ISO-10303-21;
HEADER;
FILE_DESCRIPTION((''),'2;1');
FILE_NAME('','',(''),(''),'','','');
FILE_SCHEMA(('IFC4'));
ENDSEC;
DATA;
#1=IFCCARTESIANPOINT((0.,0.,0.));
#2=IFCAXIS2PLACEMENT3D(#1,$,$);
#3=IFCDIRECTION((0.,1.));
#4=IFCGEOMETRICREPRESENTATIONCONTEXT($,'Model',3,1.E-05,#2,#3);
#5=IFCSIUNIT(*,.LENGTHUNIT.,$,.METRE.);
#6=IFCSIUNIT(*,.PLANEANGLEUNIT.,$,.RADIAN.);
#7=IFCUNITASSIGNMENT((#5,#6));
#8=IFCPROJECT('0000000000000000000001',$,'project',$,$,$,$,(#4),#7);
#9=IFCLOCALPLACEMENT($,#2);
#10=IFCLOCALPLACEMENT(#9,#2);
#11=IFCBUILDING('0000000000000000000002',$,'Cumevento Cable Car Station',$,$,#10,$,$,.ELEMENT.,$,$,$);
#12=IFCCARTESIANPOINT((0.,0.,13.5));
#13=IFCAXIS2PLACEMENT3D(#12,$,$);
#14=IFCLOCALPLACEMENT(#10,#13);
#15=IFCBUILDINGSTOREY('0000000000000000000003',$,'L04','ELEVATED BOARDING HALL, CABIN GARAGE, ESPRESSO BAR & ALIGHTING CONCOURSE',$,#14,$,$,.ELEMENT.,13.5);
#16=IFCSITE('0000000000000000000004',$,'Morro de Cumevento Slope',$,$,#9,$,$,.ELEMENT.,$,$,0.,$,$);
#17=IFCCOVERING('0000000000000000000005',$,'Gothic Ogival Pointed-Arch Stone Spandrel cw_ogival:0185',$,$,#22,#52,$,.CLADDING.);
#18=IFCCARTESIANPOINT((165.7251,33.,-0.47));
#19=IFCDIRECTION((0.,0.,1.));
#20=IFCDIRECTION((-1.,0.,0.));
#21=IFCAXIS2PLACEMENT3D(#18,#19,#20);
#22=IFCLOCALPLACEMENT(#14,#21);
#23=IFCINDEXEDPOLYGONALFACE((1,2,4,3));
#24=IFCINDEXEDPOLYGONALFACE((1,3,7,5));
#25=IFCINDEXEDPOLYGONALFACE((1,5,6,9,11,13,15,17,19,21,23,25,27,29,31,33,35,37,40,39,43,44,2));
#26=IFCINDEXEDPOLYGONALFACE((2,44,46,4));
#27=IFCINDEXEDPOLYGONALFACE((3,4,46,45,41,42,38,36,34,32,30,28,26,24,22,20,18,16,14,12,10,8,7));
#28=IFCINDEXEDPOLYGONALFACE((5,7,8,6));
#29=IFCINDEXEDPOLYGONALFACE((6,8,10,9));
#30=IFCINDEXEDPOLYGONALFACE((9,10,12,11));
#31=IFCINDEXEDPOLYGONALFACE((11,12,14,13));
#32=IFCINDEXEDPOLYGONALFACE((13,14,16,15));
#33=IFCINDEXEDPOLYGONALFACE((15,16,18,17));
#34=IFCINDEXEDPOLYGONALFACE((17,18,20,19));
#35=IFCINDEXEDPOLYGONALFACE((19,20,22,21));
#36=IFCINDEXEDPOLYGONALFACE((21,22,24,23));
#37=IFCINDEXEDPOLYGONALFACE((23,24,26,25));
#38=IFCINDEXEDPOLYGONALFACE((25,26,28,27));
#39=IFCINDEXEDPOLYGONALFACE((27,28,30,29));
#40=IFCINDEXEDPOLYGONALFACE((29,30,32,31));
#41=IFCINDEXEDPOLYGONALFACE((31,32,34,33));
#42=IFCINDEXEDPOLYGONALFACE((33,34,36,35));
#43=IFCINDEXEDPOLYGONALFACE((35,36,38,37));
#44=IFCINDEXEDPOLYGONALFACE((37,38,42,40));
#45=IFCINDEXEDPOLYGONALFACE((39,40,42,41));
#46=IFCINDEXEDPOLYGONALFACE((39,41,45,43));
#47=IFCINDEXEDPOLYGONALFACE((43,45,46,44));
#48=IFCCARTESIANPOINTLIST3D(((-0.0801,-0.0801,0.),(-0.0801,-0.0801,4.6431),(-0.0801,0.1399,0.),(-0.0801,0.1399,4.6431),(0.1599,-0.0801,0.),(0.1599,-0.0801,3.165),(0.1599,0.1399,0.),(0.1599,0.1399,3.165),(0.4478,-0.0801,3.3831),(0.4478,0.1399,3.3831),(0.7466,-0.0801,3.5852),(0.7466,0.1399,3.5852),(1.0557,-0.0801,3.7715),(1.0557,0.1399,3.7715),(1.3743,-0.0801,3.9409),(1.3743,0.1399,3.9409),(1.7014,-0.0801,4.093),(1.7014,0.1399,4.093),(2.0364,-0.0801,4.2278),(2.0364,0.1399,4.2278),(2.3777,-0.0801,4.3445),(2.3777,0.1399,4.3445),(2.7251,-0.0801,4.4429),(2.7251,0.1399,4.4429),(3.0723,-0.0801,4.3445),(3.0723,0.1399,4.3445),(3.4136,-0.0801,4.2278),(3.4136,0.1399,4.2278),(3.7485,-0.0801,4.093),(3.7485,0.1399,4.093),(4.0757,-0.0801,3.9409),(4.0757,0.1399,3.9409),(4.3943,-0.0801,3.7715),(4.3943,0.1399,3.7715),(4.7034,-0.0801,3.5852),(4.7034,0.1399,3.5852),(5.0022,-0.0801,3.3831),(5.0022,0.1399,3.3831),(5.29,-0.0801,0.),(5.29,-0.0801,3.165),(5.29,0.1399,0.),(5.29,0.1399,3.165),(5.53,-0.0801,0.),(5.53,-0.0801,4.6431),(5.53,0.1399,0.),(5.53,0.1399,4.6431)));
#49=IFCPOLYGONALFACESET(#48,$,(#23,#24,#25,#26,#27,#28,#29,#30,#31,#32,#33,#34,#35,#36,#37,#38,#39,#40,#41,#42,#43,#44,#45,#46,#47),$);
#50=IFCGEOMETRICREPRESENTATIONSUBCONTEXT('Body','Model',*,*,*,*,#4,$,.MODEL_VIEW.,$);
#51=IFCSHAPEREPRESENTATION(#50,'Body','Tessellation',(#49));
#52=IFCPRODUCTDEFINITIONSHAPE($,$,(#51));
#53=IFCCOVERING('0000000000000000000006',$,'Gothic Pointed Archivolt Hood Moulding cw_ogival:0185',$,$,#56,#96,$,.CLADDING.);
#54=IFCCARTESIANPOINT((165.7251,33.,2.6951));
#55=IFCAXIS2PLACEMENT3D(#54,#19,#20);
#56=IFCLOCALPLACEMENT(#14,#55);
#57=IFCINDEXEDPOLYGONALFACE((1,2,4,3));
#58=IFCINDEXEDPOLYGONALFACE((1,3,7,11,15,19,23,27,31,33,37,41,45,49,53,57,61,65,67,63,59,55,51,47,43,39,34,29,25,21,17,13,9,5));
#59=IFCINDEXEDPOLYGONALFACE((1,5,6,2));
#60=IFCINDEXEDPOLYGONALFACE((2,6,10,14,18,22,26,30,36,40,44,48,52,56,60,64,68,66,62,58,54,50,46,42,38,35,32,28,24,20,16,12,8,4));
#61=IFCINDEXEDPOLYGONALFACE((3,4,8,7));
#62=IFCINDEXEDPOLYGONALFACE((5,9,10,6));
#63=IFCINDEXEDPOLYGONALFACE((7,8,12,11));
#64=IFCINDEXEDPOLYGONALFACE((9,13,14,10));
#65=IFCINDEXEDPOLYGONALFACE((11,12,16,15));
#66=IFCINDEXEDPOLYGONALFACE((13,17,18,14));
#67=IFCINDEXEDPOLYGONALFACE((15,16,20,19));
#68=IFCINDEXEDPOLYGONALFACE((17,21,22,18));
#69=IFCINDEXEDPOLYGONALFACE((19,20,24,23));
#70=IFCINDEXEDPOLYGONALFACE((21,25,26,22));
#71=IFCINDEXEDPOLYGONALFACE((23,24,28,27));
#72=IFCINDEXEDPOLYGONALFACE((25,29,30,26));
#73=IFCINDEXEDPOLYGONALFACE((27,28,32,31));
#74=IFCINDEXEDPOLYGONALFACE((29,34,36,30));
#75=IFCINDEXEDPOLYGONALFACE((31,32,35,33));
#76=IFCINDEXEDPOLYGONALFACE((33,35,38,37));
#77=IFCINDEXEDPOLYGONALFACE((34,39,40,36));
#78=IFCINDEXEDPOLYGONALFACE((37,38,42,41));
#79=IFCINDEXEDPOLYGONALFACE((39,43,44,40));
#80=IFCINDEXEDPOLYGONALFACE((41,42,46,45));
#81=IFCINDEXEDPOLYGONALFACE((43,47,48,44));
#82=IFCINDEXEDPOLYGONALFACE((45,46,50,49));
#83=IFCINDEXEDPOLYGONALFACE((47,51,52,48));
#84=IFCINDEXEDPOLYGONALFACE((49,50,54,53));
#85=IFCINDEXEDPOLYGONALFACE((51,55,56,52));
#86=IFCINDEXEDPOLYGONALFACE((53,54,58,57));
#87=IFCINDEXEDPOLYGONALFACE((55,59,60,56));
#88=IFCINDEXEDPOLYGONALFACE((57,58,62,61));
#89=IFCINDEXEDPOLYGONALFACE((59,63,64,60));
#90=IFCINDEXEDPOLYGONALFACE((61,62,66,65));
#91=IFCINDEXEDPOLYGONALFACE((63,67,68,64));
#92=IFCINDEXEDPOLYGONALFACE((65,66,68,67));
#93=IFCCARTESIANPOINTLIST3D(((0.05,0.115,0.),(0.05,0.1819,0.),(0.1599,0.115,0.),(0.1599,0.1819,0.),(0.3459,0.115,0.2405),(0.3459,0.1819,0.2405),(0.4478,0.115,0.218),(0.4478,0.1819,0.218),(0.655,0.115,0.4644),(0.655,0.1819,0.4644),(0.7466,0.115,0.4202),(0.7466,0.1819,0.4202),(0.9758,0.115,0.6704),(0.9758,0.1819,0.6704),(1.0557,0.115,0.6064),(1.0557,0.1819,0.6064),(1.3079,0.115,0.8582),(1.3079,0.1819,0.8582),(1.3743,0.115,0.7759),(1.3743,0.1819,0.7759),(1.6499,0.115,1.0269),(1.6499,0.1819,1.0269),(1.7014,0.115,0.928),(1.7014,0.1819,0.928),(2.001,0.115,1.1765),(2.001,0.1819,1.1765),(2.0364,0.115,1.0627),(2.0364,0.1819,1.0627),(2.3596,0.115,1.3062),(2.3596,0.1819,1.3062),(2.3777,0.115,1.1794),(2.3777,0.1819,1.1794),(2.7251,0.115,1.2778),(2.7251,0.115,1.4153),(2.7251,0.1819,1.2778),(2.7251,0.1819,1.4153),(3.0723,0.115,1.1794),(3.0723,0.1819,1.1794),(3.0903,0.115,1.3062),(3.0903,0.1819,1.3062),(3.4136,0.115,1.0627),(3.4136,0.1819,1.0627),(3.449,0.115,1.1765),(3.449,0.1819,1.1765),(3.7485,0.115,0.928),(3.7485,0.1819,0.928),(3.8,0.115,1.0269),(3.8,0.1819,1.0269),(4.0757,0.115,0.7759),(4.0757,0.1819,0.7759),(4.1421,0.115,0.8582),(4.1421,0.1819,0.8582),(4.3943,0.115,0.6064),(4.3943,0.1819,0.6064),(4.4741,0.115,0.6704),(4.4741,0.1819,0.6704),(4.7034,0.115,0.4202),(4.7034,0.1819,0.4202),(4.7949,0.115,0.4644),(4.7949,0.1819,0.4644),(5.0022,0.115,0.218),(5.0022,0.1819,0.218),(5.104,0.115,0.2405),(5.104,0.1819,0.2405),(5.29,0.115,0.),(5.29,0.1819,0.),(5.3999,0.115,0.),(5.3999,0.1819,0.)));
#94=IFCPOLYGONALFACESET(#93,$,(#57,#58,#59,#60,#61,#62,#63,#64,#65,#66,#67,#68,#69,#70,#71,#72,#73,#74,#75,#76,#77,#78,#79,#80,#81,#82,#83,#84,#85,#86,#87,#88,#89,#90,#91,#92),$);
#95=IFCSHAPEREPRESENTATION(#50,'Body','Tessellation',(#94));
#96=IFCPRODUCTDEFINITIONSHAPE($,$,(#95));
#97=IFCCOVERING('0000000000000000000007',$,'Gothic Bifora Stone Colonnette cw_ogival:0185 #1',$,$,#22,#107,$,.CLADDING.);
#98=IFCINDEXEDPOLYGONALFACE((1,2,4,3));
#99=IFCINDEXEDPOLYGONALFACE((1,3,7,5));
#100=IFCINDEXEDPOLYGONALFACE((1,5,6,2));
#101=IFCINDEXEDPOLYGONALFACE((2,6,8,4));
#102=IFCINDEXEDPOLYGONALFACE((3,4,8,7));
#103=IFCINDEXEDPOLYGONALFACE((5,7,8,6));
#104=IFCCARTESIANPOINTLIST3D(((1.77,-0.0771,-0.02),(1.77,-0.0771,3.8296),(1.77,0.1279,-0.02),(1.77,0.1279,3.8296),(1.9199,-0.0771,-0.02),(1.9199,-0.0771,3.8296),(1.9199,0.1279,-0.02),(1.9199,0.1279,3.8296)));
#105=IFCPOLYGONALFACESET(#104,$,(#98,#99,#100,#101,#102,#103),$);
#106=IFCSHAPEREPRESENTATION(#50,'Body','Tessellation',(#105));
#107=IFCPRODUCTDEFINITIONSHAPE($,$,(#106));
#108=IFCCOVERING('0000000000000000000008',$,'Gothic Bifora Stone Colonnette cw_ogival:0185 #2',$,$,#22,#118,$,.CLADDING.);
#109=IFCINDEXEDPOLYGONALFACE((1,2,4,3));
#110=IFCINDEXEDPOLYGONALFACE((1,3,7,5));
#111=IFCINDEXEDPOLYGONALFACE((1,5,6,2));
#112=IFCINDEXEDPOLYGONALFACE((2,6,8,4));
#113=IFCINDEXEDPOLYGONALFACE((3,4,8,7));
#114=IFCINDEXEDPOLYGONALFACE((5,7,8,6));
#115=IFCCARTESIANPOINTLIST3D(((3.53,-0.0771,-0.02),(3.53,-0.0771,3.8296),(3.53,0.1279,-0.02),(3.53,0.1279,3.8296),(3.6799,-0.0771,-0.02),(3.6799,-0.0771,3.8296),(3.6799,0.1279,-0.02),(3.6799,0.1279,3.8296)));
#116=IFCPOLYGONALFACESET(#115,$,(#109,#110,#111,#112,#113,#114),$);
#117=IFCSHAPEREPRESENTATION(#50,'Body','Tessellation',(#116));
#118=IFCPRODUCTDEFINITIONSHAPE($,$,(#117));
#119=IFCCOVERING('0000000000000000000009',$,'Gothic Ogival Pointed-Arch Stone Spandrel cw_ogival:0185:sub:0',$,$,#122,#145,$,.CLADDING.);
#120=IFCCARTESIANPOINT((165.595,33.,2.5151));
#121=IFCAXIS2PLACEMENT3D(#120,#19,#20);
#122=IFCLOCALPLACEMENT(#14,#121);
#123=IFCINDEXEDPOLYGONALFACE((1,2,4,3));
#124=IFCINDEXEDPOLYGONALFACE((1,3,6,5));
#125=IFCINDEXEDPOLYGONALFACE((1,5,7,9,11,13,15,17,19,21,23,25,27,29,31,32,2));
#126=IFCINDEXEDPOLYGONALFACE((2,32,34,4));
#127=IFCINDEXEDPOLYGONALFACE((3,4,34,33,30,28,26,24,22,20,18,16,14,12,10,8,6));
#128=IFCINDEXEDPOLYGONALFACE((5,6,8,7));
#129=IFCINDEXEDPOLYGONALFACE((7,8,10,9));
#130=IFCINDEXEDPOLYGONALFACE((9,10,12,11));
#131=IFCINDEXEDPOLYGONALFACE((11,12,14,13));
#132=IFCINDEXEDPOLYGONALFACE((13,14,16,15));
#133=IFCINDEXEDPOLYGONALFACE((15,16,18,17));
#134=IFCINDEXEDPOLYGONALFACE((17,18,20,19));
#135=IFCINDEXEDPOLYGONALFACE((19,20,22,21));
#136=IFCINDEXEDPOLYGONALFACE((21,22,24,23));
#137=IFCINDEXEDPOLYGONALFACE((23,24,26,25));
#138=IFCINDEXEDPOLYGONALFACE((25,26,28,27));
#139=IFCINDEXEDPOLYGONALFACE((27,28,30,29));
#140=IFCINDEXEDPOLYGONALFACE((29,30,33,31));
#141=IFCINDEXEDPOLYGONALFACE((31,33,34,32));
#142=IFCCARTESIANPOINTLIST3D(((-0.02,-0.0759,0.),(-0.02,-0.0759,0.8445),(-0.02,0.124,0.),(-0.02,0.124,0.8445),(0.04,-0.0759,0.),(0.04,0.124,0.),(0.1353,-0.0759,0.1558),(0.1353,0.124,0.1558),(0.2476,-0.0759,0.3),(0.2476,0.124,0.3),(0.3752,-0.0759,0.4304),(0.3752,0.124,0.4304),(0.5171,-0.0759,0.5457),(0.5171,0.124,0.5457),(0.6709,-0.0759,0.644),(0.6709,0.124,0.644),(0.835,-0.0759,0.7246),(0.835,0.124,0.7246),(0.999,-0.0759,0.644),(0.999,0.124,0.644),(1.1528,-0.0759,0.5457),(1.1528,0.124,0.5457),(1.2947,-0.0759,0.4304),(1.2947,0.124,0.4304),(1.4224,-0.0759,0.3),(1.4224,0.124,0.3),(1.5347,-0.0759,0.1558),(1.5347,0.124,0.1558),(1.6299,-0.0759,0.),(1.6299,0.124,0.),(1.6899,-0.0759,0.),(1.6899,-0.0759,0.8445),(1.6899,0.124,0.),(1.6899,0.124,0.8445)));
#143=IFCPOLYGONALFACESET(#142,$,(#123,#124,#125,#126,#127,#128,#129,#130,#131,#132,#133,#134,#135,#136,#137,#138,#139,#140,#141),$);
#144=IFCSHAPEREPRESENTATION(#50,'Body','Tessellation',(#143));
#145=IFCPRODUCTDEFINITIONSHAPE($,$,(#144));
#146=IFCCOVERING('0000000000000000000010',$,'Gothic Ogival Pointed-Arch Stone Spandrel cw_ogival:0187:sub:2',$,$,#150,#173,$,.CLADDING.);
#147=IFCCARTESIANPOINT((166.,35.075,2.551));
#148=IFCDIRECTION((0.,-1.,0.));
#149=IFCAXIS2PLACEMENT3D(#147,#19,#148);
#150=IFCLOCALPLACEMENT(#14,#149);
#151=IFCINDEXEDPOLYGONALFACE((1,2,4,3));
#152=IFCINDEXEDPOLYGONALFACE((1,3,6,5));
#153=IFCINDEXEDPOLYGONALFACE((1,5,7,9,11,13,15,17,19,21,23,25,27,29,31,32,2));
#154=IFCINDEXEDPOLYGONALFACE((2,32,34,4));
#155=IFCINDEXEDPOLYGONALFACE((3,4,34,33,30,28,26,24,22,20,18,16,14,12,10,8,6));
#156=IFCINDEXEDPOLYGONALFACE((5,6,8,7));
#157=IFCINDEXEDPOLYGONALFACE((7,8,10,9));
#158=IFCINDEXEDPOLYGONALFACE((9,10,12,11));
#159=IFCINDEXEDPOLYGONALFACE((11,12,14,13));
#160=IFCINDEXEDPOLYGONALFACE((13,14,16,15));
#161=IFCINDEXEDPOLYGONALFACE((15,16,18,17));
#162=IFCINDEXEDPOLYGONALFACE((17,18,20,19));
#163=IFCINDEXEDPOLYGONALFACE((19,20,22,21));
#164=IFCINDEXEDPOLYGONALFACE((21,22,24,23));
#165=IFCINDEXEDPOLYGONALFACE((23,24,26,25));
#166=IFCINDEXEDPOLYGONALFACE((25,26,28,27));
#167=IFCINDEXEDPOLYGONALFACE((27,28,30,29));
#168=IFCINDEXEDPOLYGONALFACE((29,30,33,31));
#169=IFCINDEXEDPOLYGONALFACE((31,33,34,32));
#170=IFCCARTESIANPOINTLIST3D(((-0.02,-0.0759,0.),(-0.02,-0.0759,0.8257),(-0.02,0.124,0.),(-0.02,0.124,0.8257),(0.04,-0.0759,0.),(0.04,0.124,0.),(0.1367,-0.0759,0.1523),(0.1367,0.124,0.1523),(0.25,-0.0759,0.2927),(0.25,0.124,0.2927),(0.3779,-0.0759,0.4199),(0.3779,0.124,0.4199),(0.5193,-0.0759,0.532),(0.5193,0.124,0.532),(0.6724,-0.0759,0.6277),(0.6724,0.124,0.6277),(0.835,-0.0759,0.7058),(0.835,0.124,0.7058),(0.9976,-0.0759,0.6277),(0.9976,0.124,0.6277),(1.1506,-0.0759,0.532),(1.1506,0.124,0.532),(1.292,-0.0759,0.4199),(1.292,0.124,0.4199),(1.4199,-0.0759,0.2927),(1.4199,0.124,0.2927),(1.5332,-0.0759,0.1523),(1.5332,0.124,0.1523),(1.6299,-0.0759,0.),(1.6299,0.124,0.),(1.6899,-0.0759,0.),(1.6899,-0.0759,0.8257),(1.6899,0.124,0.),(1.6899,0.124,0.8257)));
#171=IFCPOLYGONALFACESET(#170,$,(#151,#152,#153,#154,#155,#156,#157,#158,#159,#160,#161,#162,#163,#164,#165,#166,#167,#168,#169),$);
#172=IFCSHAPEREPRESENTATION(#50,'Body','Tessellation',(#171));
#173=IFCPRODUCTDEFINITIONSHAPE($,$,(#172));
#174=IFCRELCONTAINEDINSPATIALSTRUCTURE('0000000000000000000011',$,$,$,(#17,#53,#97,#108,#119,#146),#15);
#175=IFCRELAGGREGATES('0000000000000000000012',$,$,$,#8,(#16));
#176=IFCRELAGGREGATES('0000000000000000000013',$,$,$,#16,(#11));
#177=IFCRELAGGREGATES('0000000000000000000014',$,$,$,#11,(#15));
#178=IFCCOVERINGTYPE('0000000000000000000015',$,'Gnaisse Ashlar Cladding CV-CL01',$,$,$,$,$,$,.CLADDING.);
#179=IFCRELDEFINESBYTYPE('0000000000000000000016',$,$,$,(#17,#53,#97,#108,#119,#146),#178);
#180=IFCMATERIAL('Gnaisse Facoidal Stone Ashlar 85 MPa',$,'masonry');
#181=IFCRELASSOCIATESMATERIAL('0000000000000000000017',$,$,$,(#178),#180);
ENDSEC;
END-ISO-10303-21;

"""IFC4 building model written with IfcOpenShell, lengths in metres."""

from ifc_helpers import new_model, si_unit, direction, frame, origin, place, context, subcontext, project, spatial, polyline, outline, extrude, material, type_object, element, save


model = new_model("IFC4")

# Units and contexts
model_context = context("Model", 3, precision=1e-05, world=origin(), true_north=direction((0.0, 1.0)))
body_context = subcontext(model_context, "Body", "Model", "MODEL_VIEW")
ifc_project = project(units=[si_unit("LENGTHUNIT", "METRE"), si_unit("PLANEANGLEUNIT", "RADIAN")], contexts=[model_context])

# Site, building, storey
site_placement = place(None, origin())
site = spatial("IfcSite", under=ifc_project, at=site_placement, Name="Morro de Cumevento Slope", CompositionType="ELEMENT", RefElevation=0.0)
building_placement = place(site_placement, origin())
building = spatial("IfcBuilding", under=site, at=building_placement, Name="Cumevento Cable Car Station", CompositionType="ELEMENT")
storey_placement = place(building_placement, frame((0.0, 0.0, 13.5)))
storey = spatial("IfcBuildingStorey", under=building, at=storey_placement, Name="L04", Description="ELEVATED BOARDING HALL, CABIN GARAGE, ESPRESSO BAR & ALIGHTING CONCOURSE", CompositionType="ELEMENT", Elevation=13.5)

# Coverings
ifc_material_1 = material(Name="Gnaisse Facoidal Stone Ashlar 85 MPa", Category="masonry")
covering_type = type_object("IfcCoveringType", Name="Gnaisse Ashlar Cladding CV-CL01", PredefinedType="CLADDING", material=ifc_material_1)
placement = place(storey_placement, frame((165.7251, 33.0, -0.47), z_axis=(0.0, 0.0, 1.0), x_axis=(-1.0, 0.0, 0.0)))
element("IfcCovering", 1, at=placement, inside=storey, type_object=covering_type, Name="Gothic Ogival Pointed-Arch Stone Spandrel cw_ogival:0185", PredefinedType="CLADDING", context=body_context, shape_type="SweptSolid", body=[
    extrude(outline(polyline([(-0.0801, 0.0), (-0.0801, 4.6431), (5.53, 4.6431), (5.53, 0.0), (5.29, 0.0), (5.29, 3.165), (5.0022, 3.3831), (4.7034, 3.5852), (4.3943, 3.7715), (4.0757, 3.9409), (3.7485, 4.093), (3.4136, 4.2278), (3.0723, 4.3445), (2.7251, 4.4429), (2.3777, 4.3445), (2.0364, 4.2278), (1.7014, 4.093), (1.3743, 3.9409), (1.0557, 3.7715), (0.7466, 3.5852), (0.4478, 3.3831), (0.1599, 3.165), (0.1599, 0.0), (-0.0801, 0.0)])), frame((0.0, 0.1399, 0.0), z_axis=(0.0, -1.0, 0.0), x_axis=(1.0, 0.0, 0.0)), (0.0, 0.0, 1.0), 0.22),
])
covering_1_placement = place(storey_placement, frame((165.7251, 33.0, 2.6951), z_axis=(0.0, 0.0, 1.0), x_axis=(-1.0, 0.0, 0.0)))
element("IfcCovering", 2, at=covering_1_placement, inside=storey, type_object=covering_type, Name="Gothic Pointed Archivolt Hood Moulding cw_ogival:0185", PredefinedType="CLADDING", context=body_context, shape_type="SweptSolid", body=[
    extrude(outline(polyline([(0.1599, 0.0), (0.4478, 0.218), (0.7466, 0.4202), (1.0557, 0.6064), (1.3743, 0.7759), (1.7014, 0.928), (2.0364, 1.0627), (2.3777, 1.1794), (2.7251, 1.2778), (3.0723, 1.1794), (3.4136, 1.0627), (3.7485, 0.928), (4.0757, 0.7759), (4.3943, 0.6064), (4.7034, 0.4202), (5.0022, 0.218), (5.29, 0.0), (5.3999, 0.0), (5.104, 0.2405), (4.7949, 0.4644), (4.4741, 0.6704), (4.1421, 0.8582), (3.8, 1.0269), (3.449, 1.1765), (3.0903, 1.3062), (2.7251, 1.4153), (2.3596, 1.3062), (2.001, 1.1765), (1.6499, 1.0269), (1.3079, 0.8582), (0.9758, 0.6704), (0.655, 0.4644), (0.3459, 0.2405), (0.05, 0.0), (0.1599, 0.0)])), frame((0.0, 0.1819, 0.0), z_axis=(0.0, -1.0, 0.0), x_axis=(1.0, 0.0, 0.0)), (0.0, 0.0, 1.0), 0.0669),
])
element("IfcCovering", 3, at=placement, inside=storey, type_object=covering_type, Name="Gothic Bifora Stone Colonnette cw_ogival:0185 #1", PredefinedType="CLADDING", context=body_context, shape_type="SweptSolid", body=[
    extrude(outline(polyline([(1.77, -0.02), (1.9199, -0.02), (1.9199, 3.8296), (1.77, 3.8296), (1.77, -0.02)])), frame((0.0, 0.1279, 0.0), z_axis=(0.0, -1.0, 0.0), x_axis=(1.0, 0.0, 0.0)), (0.0, 0.0, 1.0), 0.2051),
])
element("IfcCovering", 4, at=placement, inside=storey, type_object=covering_type, Name="Gothic Bifora Stone Colonnette cw_ogival:0185 #2", PredefinedType="CLADDING", context=body_context, shape_type="SweptSolid", body=[
    extrude(outline(polyline([(3.53, -0.02), (3.6799, -0.02), (3.6799, 3.8296), (3.53, 3.8296), (3.53, -0.02)])), frame((0.0, 0.1279, 0.0), z_axis=(0.0, -1.0, 0.0), x_axis=(1.0, 0.0, 0.0)), (0.0, 0.0, 1.0), 0.2051),
])
covering_2_placement = place(storey_placement, frame((165.595, 33.0, 2.5151), z_axis=(0.0, 0.0, 1.0), x_axis=(-1.0, 0.0, 0.0)))
element("IfcCovering", 5, at=covering_2_placement, inside=storey, type_object=covering_type, Name="Gothic Ogival Pointed-Arch Stone Spandrel cw_ogival:0185:sub:0", PredefinedType="CLADDING", context=body_context, shape_type="SweptSolid", body=[
    extrude(outline(polyline([(-0.02, 0.0), (-0.02, 0.8445), (1.6899, 0.8445), (1.6899, 0.0), (1.6299, 0.0), (1.5347, 0.1558), (1.4224, 0.3), (1.2947, 0.4304), (1.1528, 0.5457), (0.999, 0.644), (0.835, 0.7246), (0.6709, 0.644), (0.5171, 0.5457), (0.3752, 0.4304), (0.2476, 0.3), (0.1353, 0.1558), (0.04, 0.0), (-0.02, 0.0)])), frame((0.0, 0.124, 0.0), z_axis=(0.0, -1.0, 0.0), x_axis=(1.0, 0.0, 0.0)), (0.0, 0.0, 1.0), 0.2),
])
covering_3_placement = place(storey_placement, frame((166.0, 35.075, 2.551), z_axis=(0.0, 0.0, 1.0), x_axis=(0.0, -1.0, 0.0)))
element("IfcCovering", 6, at=covering_3_placement, inside=storey, type_object=covering_type, Name="Gothic Ogival Pointed-Arch Stone Spandrel cw_ogival:0187:sub:2", PredefinedType="CLADDING", context=body_context, shape_type="SweptSolid", body=[
    extrude(outline(polyline([(-0.02, 0.0), (-0.02, 0.8257), (1.6899, 0.8257), (1.6899, 0.0), (1.6299, 0.0), (1.5332, 0.1523), (1.4199, 0.2927), (1.292, 0.4199), (1.1506, 0.532), (0.9976, 0.6277), (0.835, 0.7058), (0.6724, 0.6277), (0.5193, 0.532), (0.3779, 0.4199), (0.25, 0.2927), (0.1367, 0.1523), (0.04, 0.0), (-0.02, 0.0)])), frame((0.0, 0.124, 0.0), z_axis=(0.0, -1.0, 0.0), x_axis=(1.0, 0.0, 0.0)), (0.0, 0.0, 1.0), 0.2),
])

save(model, "model.ifc")
